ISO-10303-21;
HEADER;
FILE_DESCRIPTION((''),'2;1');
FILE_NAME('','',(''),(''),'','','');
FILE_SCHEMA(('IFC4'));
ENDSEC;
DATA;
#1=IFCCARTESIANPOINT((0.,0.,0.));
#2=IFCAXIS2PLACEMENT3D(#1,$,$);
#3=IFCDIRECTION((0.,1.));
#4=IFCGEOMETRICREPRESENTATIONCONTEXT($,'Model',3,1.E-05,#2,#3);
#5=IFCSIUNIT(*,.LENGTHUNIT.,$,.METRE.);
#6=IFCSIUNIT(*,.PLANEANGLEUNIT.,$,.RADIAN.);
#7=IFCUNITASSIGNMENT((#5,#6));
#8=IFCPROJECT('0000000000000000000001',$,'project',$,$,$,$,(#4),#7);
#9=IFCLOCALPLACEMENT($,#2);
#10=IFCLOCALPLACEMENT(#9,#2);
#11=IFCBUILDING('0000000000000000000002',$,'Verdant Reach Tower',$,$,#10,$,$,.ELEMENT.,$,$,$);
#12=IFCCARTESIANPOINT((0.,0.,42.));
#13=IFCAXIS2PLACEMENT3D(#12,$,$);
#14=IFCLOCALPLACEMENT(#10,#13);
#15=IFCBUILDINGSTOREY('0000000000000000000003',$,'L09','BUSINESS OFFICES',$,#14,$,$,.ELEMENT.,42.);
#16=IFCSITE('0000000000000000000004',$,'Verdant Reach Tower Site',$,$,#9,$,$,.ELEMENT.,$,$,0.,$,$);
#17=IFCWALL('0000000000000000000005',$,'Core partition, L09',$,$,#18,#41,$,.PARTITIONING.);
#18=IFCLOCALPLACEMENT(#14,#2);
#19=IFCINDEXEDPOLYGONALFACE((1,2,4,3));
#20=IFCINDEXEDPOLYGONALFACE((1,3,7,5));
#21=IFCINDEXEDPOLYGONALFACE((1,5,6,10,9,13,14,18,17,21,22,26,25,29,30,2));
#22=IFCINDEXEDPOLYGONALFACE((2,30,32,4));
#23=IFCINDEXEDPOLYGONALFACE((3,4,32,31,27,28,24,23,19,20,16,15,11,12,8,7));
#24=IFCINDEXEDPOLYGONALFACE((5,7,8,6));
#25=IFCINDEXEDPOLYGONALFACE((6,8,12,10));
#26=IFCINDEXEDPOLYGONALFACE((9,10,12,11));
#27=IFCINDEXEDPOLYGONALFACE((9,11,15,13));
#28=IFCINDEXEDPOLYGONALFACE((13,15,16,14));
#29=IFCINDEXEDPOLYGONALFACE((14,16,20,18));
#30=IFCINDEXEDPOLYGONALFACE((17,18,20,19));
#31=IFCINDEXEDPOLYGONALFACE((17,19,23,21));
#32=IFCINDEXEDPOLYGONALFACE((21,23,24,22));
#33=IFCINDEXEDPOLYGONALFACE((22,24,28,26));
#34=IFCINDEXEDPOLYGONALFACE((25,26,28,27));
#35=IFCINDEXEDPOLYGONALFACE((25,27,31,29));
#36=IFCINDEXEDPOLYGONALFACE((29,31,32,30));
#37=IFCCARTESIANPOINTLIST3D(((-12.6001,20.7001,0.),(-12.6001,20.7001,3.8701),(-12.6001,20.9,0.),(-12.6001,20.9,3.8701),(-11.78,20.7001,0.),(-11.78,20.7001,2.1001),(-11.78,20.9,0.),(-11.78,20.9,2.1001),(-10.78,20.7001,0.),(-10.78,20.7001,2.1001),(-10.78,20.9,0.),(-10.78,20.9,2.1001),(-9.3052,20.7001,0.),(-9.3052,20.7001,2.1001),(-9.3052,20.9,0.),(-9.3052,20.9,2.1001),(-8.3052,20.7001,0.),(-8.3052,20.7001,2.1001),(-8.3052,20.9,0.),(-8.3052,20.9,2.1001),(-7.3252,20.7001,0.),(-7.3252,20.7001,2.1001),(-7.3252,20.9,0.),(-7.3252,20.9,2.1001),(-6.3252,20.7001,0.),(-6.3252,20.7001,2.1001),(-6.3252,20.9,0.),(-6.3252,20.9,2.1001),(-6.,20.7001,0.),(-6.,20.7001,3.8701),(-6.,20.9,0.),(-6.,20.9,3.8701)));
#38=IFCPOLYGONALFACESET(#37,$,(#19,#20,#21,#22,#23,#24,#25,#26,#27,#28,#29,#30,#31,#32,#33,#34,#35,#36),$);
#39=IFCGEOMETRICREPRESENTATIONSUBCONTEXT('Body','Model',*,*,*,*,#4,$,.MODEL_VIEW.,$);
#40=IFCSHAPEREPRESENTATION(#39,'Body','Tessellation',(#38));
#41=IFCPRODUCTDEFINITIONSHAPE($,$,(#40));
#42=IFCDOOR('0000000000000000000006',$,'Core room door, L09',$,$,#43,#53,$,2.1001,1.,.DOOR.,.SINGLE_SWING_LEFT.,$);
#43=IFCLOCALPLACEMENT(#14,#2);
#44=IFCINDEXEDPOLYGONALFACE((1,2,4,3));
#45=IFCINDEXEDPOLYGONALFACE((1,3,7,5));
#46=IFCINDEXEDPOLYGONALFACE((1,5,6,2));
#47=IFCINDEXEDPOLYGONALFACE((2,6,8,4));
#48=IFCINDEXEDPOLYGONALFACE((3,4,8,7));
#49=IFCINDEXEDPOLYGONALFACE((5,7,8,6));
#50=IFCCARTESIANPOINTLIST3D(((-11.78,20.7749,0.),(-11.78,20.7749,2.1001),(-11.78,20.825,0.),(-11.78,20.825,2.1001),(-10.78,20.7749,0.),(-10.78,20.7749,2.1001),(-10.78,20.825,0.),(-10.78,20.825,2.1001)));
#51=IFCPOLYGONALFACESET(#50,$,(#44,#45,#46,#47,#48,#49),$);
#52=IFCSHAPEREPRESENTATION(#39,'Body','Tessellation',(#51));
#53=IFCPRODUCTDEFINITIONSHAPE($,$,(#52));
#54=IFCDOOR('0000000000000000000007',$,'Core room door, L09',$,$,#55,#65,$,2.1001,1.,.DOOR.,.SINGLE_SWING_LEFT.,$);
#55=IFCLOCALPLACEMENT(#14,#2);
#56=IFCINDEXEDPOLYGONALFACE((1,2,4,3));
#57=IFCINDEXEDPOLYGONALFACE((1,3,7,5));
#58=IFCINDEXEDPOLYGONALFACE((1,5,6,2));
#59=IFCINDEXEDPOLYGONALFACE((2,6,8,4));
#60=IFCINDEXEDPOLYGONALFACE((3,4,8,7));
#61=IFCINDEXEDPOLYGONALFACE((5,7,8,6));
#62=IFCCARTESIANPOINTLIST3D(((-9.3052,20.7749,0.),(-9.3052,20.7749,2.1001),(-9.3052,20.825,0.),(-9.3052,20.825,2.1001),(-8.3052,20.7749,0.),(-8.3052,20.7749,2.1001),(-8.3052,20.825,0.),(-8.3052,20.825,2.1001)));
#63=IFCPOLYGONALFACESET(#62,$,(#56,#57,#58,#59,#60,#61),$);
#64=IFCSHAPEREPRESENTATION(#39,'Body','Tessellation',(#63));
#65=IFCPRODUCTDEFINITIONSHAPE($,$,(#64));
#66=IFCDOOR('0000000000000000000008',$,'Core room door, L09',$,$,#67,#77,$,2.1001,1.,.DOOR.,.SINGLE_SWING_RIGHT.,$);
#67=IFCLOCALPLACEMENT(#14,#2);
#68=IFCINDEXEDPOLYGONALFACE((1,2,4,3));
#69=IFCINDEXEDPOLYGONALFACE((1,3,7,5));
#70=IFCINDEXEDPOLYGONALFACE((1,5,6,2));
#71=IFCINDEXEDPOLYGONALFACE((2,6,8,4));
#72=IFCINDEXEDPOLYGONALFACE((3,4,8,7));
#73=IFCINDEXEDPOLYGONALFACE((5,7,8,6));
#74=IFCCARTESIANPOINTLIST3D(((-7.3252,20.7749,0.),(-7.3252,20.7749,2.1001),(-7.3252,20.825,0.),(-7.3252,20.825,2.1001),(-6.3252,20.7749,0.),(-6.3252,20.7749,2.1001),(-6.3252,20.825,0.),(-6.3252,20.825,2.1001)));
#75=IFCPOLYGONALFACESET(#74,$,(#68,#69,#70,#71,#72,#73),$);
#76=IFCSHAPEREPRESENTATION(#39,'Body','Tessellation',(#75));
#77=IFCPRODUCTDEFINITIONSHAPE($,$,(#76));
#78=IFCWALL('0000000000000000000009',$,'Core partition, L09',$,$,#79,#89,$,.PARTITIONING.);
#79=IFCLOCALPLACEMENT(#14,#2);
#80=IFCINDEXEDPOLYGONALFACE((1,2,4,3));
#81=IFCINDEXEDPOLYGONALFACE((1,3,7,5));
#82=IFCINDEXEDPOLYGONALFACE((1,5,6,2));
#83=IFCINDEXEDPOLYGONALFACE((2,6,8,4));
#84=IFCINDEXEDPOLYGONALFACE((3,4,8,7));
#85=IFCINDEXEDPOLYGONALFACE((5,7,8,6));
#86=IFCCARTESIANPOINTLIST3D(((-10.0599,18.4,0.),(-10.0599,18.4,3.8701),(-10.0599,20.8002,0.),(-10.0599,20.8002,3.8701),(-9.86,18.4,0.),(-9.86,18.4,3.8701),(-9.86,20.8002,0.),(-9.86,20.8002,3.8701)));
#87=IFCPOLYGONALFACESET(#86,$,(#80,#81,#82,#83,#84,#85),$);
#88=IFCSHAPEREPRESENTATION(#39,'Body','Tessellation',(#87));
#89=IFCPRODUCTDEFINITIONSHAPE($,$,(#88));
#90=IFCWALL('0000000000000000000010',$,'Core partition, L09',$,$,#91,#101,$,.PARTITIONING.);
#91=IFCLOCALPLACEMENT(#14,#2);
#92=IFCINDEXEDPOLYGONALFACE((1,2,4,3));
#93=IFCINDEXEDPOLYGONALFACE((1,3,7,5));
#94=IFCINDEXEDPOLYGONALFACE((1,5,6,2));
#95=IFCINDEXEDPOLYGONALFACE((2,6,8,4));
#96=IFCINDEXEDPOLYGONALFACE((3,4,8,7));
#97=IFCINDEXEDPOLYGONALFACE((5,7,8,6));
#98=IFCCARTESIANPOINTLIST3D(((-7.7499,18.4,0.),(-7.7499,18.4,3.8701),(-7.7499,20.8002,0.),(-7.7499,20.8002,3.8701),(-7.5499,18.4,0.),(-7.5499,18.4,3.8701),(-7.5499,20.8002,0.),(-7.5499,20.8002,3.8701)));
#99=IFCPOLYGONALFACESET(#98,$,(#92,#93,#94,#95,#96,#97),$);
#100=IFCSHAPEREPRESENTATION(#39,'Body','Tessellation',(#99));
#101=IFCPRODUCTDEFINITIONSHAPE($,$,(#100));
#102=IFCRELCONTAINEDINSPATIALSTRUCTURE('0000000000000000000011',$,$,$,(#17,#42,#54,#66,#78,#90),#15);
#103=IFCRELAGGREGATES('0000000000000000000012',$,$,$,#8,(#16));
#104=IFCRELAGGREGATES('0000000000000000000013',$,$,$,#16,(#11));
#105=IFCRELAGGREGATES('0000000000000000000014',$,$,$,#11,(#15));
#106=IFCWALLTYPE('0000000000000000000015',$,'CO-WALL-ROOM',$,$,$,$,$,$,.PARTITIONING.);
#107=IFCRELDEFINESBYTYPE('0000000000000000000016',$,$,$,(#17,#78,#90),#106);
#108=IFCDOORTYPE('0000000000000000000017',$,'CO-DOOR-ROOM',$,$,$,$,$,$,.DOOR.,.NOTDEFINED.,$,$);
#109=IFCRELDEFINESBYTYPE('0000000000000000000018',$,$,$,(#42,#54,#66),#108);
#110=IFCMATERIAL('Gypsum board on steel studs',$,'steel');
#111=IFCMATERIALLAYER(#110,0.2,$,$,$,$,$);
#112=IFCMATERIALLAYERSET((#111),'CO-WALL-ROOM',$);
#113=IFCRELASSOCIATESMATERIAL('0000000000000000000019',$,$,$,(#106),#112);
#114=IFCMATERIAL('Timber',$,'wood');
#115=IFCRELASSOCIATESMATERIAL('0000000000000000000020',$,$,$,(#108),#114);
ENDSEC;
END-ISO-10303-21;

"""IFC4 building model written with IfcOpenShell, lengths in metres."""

from ifc_helpers import new_model, si_unit, direction, frame, frame_2d, origin, place, context, subcontext, project, spatial, rectangle, extrude, material, layer, layer_set, type_object, element, fill, save


model = new_model("IFC4")

# Units and contexts
model_context = context("Model", 3, precision=1e-05, world=origin(), true_north=direction((0.0, 1.0)))
body_context = subcontext(model_context, "Body", "Model", "MODEL_VIEW")
ifc_project = project(units=[si_unit("LENGTHUNIT", "METRE"), si_unit("PLANEANGLEUNIT", "RADIAN")], contexts=[model_context])

# Site, building, storey
site_placement = place(None, origin())
site = spatial("IfcSite", under=ifc_project, at=site_placement, Name="Verdant Reach Tower Site", CompositionType="ELEMENT", RefElevation=0.0)
building_placement = place(site_placement, origin())
building = spatial("IfcBuilding", under=site, at=building_placement, Name="Verdant Reach Tower", CompositionType="ELEMENT")
storey_placement = place(building_placement, frame((0.0, 0.0, 42.0)))
storey = spatial("IfcBuildingStorey", under=building, at=storey_placement, Name="L09", Description="BUSINESS OFFICES", CompositionType="ELEMENT", Elevation=42.0)

# Wall, openings, doors
ifc_material_1 = material(Name="Gypsum board on steel studs", Category="steel")
ifc_layer_1 = layer(ifc_material_1, 0.2)
ifc_layer_set_1 = layer_set([ifc_layer_1], Name="CO-WALL-ROOM")
wall_type_1 = type_object("IfcWallType", Name="CO-WALL-ROOM", PredefinedType="PARTITIONING", material=ifc_layer_set_1)
wall_1_placement = place(storey_placement, frame((-12.6001, 20.8, 0.0), z_axis=(0.0, 0.0, 1.0), x_axis=(1.0, 0.0, 0.0)))
wall_1 = element("IfcWall", 1, at=wall_1_placement, inside=storey, type_object=wall_type_1, Name="Core partition, L09", PredefinedType="PARTITIONING", context=body_context, shape_type="SweptSolid", body=[
    extrude(rectangle(XDim=6.6001, YDim=0.2, at=frame_2d((3.3, 0.0))), origin(), (0.0, 0.0, 1.0), 3.8701),
])
opening_1_placement = place(wall_1_placement, frame((0.8201, 0.0, 0.0)))
opening_1 = element("IfcOpeningElement", 2, at=opening_1_placement, cuts=wall_1, PredefinedType="OPENING", context=body_context, shape_type="SweptSolid", body=[
    extrude(rectangle(XDim=1.0, YDim=2.1001, at=frame_2d((0.5, 1.05))), frame((0.0, 0.1099, 0.0), z_axis=(0.0, -1.0, 0.0), x_axis=(1.0, 0.0, 0.0)), (0.0, 0.0, 1.0), 0.22),
])
opening_2_placement = place(wall_1_placement, frame((3.2949, 0.0, 0.0)))
opening_2 = element("IfcOpeningElement", 3, at=opening_2_placement, cuts=wall_1, PredefinedType="OPENING", context=body_context, shape_type="SweptSolid", body=[
    extrude(rectangle(XDim=1.0, YDim=2.1001, at=frame_2d((0.5, 1.05))), frame((0.0, 0.1099, 0.0), z_axis=(0.0, -1.0, 0.0), x_axis=(1.0, 0.0, 0.0)), (0.0, 0.0, 1.0), 0.22),
])
opening_3_placement = place(wall_1_placement, frame((5.2749, 0.0, 0.0)))
opening_3 = element("IfcOpeningElement", 4, at=opening_3_placement, cuts=wall_1, PredefinedType="OPENING", context=body_context, shape_type="SweptSolid", body=[
    extrude(rectangle(XDim=1.0, YDim=2.1001, at=frame_2d((0.5, 1.05))), frame((0.0, 0.1099, 0.0), z_axis=(0.0, -1.0, 0.0), x_axis=(1.0, 0.0, 0.0)), (0.0, 0.0, 1.0), 0.22),
])
ifc_material_2 = material(Name="Timber", Category="wood")
door_type_1 = type_object("IfcDoorType", Name="CO-DOOR-ROOM", OperationType="NOTDEFINED", PredefinedType="DOOR", material=ifc_material_2)
door_1_placement = place(opening_1_placement, origin())
door_1 = element("IfcDoor", 5, at=door_1_placement, inside=storey, type_object=door_type_1, Name="Core room door, L09", OperationType="SINGLE_SWING_LEFT", OverallHeight=2.1001, OverallWidth=1.0, PredefinedType="DOOR", context=body_context, shape_type="SweptSolid", body=[
    extrude(rectangle(XDim=1.0, YDim=2.1001, at=frame_2d((0.5, 1.05))), frame((0.0, 0.0249, 0.0), z_axis=(0.0, -1.0, 0.0), x_axis=(1.0, 0.0, 0.0)), (0.0, 0.0, 1.0), 0.05),
])
fill(opening_1, door_1)
door_2_placement = place(opening_2_placement, origin())
door_2 = element("IfcDoor", 6, at=door_2_placement, inside=storey, type_object=door_type_1, Name="Core room door, L09", OperationType="SINGLE_SWING_LEFT", OverallHeight=2.1001, OverallWidth=1.0, PredefinedType="DOOR", context=body_context, shape_type="SweptSolid", body=[
    extrude(rectangle(XDim=1.0, YDim=2.1001, at=frame_2d((0.5, 1.05))), frame((0.0, 0.0249, 0.0), z_axis=(0.0, -1.0, 0.0), x_axis=(1.0, 0.0, 0.0)), (0.0, 0.0, 1.0), 0.05),
])
fill(opening_2, door_2)
door_3_placement = place(opening_3_placement, origin())
door_3 = element("IfcDoor", 7, at=door_3_placement, inside=storey, type_object=door_type_1, Name="Core room door, L09", OperationType="SINGLE_SWING_RIGHT", OverallHeight=2.1001, OverallWidth=1.0, PredefinedType="DOOR", context=body_context, shape_type="SweptSolid", body=[
    extrude(rectangle(XDim=1.0, YDim=2.1001, at=frame_2d((0.5, 1.05))), frame((0.0, 0.0249, 0.0), z_axis=(0.0, -1.0, 0.0), x_axis=(1.0, 0.0, 0.0)), (0.0, 0.0, 1.0), 0.05),
])
fill(opening_3, door_3)

# Walls
for number, where, z_axis, x_axis, name in (
    (8, (-9.96, 18.3999, 0.0), (0.0, 0.0, 1.0), (0.0, 1.0, 0.0), "Core partition, L09"),
    (9, (-7.6499, 18.3999, 0.0), (0.0, 0.0, 1.0), (0.0, 1.0, 0.0), "Core partition, L09"),
):
    element("IfcWall", number, at=place(storey_placement, frame(where, z_axis=z_axis, x_axis=x_axis)), inside=storey, type_object=wall_type_1, Name=name, PredefinedType="PARTITIONING", context=body_context, shape_type="SweptSolid", body=[
        extrude(rectangle(XDim=2.4001, YDim=0.2, at=frame_2d((1.2002, 0.0))), origin(), (0.0, 0.0, 1.0), 3.8701),
    ])

save(model, "model.ifc")
